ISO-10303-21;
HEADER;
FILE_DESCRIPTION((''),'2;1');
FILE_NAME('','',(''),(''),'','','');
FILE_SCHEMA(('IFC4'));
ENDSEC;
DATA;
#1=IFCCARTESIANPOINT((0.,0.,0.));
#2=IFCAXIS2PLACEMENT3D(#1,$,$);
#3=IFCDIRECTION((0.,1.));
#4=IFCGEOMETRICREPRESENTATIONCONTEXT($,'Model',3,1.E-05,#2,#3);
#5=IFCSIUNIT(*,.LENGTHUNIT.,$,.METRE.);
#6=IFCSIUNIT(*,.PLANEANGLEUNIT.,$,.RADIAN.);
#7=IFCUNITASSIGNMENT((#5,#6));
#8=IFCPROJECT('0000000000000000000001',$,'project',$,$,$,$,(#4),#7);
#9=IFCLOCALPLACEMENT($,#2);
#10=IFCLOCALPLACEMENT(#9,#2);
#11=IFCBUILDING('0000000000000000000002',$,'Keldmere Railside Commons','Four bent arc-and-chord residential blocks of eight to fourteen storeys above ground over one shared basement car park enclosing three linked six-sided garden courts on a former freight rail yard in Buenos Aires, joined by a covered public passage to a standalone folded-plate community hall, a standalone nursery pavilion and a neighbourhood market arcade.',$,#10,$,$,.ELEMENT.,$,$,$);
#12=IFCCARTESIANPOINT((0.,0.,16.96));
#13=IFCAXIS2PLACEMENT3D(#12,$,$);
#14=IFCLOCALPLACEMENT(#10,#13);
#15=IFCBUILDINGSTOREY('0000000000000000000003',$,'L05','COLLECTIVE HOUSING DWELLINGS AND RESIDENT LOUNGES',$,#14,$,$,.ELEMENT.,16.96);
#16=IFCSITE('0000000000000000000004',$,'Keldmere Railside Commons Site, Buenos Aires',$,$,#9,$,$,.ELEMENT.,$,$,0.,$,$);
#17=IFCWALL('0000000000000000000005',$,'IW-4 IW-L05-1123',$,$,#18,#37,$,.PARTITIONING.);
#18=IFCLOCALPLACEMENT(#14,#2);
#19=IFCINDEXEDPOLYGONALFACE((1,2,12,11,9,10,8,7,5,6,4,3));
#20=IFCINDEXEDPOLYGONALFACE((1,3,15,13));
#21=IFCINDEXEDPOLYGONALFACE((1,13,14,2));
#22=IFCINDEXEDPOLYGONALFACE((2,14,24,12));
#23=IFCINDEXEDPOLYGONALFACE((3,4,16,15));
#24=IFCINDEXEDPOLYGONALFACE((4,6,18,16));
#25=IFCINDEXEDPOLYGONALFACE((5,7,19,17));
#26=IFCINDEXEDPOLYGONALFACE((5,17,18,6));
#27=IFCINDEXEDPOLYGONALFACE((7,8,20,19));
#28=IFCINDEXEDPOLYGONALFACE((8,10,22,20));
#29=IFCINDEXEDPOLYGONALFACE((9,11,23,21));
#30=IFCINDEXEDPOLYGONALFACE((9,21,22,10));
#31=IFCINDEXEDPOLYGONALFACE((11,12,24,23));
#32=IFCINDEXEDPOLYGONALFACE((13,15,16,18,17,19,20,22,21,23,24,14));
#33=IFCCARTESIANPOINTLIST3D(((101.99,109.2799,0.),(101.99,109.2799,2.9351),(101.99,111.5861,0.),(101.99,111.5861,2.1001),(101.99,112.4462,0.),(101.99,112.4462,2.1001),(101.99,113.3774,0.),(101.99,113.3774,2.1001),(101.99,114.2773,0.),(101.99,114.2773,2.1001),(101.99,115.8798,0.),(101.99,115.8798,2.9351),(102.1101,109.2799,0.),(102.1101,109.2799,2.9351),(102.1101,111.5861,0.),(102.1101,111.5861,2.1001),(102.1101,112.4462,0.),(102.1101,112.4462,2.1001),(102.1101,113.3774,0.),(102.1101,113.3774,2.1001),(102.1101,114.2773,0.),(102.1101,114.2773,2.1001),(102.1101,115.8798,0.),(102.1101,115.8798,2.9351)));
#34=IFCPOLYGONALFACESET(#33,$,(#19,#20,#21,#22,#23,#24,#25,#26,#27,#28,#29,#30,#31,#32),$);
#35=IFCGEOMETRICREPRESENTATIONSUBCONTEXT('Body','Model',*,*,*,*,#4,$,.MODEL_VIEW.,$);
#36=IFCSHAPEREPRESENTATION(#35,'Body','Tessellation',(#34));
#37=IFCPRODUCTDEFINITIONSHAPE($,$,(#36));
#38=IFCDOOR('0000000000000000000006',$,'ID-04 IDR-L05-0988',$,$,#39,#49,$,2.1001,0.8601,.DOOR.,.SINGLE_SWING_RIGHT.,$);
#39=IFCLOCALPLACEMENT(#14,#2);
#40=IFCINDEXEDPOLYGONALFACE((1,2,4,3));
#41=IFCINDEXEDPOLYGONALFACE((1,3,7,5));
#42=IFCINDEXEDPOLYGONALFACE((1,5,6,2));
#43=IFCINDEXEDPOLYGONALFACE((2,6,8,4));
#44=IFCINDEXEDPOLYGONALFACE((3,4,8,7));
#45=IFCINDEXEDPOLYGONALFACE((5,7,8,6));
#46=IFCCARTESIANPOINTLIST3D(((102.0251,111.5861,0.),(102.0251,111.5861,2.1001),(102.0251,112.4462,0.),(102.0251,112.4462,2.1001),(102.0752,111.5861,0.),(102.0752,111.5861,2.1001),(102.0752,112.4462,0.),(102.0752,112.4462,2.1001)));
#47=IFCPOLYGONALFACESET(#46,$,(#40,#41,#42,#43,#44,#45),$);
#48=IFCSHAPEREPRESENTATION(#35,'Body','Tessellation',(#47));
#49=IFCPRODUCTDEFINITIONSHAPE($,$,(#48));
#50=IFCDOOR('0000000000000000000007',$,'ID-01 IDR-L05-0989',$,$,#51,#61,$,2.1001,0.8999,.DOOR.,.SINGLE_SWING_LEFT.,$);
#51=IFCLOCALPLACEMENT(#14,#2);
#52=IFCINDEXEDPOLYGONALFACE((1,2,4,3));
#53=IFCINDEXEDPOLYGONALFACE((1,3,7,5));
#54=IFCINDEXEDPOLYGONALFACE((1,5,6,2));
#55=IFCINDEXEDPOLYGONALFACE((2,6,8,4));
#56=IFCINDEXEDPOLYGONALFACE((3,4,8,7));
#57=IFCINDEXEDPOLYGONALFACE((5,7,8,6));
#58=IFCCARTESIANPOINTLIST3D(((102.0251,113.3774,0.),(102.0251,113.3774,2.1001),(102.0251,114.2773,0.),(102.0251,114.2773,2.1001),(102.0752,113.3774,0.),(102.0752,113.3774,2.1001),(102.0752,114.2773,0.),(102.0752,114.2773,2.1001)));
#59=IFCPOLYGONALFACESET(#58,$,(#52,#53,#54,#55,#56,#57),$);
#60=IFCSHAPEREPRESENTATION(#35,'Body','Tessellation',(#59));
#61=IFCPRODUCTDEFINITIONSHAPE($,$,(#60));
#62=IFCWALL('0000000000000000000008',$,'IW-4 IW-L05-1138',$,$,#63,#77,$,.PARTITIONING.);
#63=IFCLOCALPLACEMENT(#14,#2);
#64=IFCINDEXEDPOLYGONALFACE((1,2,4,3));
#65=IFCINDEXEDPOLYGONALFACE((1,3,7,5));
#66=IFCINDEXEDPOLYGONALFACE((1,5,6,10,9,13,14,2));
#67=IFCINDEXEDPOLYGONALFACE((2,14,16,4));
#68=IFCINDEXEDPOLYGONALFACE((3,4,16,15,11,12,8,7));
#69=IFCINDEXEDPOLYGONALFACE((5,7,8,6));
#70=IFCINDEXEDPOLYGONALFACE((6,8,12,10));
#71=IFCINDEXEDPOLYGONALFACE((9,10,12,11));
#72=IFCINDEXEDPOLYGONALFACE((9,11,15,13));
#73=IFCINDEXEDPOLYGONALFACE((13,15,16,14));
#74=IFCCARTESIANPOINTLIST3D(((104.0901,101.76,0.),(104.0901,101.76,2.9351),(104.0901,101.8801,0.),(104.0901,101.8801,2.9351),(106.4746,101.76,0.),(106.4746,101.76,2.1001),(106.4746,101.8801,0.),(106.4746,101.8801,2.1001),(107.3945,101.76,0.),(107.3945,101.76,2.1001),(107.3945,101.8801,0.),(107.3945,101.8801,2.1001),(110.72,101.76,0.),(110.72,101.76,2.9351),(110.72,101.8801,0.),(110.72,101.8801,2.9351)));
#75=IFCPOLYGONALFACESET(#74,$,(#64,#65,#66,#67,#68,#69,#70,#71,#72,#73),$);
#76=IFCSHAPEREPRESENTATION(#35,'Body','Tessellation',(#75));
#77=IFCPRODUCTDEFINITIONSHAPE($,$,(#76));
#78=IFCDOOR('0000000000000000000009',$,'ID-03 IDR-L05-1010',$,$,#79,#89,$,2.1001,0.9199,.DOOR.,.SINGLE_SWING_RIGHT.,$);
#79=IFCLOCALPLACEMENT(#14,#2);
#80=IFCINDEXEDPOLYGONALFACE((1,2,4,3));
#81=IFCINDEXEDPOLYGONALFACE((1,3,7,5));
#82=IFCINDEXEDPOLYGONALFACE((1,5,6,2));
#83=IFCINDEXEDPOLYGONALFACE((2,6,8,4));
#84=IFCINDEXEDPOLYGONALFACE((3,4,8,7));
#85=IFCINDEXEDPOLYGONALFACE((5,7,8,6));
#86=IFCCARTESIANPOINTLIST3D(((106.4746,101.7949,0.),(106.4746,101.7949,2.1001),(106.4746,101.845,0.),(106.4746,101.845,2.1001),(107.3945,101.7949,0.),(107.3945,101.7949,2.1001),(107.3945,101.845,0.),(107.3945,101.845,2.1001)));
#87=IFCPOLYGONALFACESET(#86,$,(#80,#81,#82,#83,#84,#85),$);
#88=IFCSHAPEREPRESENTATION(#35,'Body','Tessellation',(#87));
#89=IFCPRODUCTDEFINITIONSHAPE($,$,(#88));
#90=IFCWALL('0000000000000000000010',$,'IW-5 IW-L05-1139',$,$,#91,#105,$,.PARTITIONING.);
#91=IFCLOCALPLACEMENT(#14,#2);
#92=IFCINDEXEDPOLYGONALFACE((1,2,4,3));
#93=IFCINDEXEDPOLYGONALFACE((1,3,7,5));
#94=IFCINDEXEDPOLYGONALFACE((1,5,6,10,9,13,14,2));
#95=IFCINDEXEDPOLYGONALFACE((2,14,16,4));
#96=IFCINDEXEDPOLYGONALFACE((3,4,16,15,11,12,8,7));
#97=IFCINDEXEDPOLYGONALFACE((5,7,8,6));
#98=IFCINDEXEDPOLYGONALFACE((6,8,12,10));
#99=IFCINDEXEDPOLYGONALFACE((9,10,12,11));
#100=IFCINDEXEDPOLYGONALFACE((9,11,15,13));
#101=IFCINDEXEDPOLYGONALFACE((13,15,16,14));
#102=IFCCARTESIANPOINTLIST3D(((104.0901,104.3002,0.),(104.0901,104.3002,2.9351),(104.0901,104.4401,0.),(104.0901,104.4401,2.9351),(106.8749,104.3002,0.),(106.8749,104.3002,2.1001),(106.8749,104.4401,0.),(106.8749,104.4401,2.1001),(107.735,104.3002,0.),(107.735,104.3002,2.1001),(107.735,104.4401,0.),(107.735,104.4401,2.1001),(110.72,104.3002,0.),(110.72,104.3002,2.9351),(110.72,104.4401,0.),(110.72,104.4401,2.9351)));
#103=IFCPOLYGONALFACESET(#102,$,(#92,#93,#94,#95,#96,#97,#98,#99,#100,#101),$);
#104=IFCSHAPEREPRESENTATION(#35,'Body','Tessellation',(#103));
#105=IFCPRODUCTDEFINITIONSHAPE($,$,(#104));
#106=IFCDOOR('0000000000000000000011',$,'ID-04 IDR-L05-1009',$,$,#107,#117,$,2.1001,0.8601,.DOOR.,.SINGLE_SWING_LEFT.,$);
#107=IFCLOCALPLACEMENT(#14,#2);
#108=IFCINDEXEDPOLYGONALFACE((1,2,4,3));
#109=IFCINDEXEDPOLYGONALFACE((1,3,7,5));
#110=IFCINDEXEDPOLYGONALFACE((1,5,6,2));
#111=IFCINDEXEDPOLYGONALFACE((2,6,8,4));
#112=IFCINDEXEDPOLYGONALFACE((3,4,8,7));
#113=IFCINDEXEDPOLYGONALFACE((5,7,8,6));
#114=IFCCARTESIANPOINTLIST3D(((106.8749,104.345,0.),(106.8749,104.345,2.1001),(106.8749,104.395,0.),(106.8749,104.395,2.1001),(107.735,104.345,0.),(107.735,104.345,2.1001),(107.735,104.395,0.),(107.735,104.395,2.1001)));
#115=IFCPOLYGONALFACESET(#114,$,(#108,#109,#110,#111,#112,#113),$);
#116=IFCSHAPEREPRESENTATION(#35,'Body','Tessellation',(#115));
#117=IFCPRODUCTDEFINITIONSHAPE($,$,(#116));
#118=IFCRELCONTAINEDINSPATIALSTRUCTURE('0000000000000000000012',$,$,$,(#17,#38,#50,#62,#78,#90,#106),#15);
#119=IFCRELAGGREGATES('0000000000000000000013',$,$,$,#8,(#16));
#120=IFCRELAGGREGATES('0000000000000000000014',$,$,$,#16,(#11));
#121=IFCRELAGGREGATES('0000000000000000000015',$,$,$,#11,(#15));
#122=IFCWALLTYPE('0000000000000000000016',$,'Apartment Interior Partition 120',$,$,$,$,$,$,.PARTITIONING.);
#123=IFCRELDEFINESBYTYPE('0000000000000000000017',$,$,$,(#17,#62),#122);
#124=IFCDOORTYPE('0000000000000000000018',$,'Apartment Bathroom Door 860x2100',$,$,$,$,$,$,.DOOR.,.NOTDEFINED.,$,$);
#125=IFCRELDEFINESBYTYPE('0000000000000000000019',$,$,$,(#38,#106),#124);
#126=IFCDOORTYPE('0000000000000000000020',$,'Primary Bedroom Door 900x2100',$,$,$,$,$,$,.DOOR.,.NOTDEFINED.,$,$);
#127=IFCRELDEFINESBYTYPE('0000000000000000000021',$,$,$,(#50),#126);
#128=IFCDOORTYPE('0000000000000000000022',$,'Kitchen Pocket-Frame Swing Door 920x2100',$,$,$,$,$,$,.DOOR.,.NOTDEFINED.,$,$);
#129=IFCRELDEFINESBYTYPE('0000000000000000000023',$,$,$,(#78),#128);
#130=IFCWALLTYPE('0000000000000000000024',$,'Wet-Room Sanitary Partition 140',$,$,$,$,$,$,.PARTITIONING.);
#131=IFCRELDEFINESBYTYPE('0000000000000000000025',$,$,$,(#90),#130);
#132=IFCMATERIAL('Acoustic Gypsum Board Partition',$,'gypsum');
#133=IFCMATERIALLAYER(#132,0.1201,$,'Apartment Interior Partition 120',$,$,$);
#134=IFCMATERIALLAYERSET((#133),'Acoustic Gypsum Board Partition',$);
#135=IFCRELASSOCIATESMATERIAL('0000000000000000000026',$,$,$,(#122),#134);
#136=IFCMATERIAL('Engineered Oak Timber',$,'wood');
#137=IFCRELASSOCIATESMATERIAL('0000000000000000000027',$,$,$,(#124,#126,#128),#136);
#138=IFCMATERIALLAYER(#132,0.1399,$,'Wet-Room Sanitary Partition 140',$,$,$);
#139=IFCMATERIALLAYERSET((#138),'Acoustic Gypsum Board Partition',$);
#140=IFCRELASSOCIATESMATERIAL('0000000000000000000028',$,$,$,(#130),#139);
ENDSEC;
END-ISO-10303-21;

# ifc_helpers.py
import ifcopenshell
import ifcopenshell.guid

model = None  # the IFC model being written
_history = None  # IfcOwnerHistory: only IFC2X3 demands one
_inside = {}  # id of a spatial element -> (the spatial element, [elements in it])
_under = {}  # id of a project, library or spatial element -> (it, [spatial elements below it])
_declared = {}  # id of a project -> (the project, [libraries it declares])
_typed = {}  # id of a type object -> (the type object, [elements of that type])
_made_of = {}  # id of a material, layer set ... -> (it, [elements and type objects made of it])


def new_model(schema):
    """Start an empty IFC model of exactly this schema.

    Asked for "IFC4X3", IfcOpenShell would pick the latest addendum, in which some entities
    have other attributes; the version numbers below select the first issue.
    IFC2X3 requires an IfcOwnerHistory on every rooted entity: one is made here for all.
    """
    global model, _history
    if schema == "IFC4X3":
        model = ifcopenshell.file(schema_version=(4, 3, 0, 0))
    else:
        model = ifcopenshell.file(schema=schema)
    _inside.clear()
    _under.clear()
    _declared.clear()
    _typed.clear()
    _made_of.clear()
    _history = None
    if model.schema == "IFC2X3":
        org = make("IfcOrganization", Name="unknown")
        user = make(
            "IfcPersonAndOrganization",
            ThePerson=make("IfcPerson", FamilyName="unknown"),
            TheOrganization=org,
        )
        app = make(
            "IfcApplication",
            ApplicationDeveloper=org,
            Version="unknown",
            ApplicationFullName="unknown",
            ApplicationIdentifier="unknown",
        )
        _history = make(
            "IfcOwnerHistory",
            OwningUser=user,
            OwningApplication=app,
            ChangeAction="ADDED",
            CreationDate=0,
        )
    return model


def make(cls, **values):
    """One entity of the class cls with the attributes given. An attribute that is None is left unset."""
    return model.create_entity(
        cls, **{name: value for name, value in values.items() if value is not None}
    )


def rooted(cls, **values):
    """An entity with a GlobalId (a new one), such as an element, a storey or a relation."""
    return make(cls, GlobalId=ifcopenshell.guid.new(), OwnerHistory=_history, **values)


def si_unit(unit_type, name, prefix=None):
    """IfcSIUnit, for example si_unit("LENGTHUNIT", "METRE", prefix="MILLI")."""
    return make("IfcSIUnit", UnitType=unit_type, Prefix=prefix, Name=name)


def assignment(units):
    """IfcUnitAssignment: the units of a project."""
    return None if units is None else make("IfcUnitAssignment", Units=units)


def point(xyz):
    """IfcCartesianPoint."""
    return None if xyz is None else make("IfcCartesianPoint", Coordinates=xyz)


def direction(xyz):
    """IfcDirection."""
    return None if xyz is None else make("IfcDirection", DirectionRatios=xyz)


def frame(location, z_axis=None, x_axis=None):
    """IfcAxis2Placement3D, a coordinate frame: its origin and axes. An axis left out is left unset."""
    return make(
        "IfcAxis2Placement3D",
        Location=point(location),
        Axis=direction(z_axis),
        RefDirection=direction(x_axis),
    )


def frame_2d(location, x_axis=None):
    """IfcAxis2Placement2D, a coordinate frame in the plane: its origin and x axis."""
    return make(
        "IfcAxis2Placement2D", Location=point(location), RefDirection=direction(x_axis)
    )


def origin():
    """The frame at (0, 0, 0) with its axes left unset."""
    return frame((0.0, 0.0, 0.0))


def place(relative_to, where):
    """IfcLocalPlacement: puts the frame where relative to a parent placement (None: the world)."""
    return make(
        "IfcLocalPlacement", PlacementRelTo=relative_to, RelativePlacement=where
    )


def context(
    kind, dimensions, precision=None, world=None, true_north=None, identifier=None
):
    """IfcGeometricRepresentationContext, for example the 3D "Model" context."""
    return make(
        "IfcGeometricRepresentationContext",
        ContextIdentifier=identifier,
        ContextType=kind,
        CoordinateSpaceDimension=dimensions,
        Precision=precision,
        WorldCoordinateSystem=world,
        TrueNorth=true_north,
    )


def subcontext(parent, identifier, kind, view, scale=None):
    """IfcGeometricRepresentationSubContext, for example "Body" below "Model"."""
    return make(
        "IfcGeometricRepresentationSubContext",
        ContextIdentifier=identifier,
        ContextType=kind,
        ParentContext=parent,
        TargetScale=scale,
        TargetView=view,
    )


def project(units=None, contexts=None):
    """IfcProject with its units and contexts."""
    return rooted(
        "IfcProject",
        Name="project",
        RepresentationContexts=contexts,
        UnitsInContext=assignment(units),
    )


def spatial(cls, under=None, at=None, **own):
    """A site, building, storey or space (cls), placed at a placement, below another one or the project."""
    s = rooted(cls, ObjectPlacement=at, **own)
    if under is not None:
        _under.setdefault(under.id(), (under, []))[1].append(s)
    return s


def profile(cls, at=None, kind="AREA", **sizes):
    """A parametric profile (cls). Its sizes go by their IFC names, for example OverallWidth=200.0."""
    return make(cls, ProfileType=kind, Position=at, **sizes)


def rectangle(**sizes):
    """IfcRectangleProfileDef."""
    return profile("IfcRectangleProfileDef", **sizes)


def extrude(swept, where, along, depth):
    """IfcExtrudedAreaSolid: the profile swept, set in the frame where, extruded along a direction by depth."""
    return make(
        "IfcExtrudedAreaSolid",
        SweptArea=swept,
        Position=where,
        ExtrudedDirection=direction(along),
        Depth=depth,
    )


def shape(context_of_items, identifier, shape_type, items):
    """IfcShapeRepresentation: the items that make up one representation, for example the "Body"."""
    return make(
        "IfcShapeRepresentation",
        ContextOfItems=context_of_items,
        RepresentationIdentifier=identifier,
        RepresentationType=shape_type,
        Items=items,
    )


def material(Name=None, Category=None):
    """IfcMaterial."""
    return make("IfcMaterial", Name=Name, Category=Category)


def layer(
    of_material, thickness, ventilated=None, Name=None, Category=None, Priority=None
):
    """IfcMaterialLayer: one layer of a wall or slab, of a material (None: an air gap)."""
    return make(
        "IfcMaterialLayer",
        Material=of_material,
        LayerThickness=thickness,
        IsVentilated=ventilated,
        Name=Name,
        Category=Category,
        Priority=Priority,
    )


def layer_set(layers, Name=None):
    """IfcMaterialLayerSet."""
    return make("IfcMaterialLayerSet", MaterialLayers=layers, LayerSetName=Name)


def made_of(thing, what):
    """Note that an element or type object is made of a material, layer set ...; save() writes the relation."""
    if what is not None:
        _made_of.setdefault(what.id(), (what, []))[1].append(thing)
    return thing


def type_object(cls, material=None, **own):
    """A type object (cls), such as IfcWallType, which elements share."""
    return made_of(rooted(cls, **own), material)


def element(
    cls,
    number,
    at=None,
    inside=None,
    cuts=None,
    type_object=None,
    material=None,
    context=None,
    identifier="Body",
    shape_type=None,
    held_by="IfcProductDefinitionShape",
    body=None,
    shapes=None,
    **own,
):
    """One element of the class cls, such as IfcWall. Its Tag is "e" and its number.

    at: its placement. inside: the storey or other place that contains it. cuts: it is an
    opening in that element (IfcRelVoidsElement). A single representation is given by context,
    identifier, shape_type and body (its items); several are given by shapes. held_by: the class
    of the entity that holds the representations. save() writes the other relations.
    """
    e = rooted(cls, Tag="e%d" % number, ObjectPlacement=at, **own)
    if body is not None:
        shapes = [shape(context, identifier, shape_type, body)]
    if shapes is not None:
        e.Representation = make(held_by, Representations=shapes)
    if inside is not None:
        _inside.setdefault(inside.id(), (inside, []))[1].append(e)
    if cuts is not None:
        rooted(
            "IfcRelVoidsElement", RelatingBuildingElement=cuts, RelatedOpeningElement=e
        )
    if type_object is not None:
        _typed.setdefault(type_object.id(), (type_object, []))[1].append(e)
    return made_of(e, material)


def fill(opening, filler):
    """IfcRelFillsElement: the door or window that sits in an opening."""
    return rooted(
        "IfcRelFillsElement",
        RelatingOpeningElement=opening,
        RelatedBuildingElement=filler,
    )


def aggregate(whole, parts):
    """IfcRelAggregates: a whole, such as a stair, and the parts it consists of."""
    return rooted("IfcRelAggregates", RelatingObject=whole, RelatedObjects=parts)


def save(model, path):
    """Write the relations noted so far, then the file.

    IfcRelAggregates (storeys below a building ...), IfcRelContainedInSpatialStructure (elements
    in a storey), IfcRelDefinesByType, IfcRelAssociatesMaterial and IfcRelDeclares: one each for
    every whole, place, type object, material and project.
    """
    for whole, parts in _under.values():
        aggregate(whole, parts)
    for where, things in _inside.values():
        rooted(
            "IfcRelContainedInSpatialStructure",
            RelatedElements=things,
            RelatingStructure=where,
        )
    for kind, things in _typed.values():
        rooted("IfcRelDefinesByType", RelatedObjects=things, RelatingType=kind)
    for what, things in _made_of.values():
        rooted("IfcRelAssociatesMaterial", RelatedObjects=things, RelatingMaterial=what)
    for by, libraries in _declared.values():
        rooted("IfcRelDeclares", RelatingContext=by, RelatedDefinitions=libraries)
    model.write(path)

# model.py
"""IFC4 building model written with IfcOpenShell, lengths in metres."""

from ifc_helpers import new_model, si_unit, direction, frame, frame_2d, origin, place, context, subcontext, project, spatial, rectangle, extrude, material, layer, layer_set, type_object, element, fill, save


model = new_model("IFC4")

# Units and contexts
model_context = context("Model", 3, precision=1e-05, world=origin(), true_north=direction((0.0, 1.0)))
body_context = subcontext(model_context, "Body", "Model", "MODEL_VIEW")
ifc_project = project(units=[si_unit("LENGTHUNIT", "METRE"), si_unit("PLANEANGLEUNIT", "RADIAN")], contexts=[model_context])

# Site, building, storey
site_placement = place(None, origin())
site = spatial("IfcSite", under=ifc_project, at=site_placement, Name="Keldmere Railside Commons Site, Buenos Aires", CompositionType="ELEMENT", RefElevation=0.0)
building_placement = place(site_placement, origin())
building = spatial("IfcBuilding", under=site, at=building_placement, Name="Keldmere Railside Commons", Description="Four bent arc-and-chord residential blocks of eight to fourteen storeys above ground over one shared basement car park enclosing three linked six-sided garden courts on a former freight rail yard in Buenos Aires, joined by a covered public passage to a standalone folded-plate community hall, a standalone nursery pavilion and a neighbourhood market arcade.", CompositionType="ELEMENT")
storey_placement = place(building_placement, frame((0.0, 0.0, 16.96)))
storey = spatial("IfcBuildingStorey", under=building, at=storey_placement, Name="L05", Description="COLLECTIVE HOUSING DWELLINGS AND RESIDENT LOUNGES", CompositionType="ELEMENT", Elevation=16.96)

# Shared definitions
ifc_material_1 = material(Name="Acoustic Gypsum Board Partition", Category="gypsum")

# Wall, openings, doors
ifc_layer_1 = layer(ifc_material_1, 0.1201, Name="Apartment Interior Partition 120")
ifc_layer_set_1 = layer_set([ifc_layer_1], Name="Acoustic Gypsum Board Partition")
wall_type_1 = type_object("IfcWallType", Name="Apartment Interior Partition 120", PredefinedType="PARTITIONING", material=ifc_layer_set_1)
wall_1_placement = place(storey_placement, frame((102.05, 109.28, 0.0), z_axis=(0.0, 0.0, 1.0), x_axis=(0.0, 1.0, 0.0)))
wall_1 = element("IfcWall", 1, at=wall_1_placement, inside=storey, type_object=wall_type_1, Name="IW-4 IW-L05-1123", PredefinedType="PARTITIONING", context=body_context, shape_type="SweptSolid", body=[
    extrude(rectangle(XDim=6.5999, YDim=0.1201, at=frame_2d((3.2998, 0.0))), origin(), (0.0, 0.0, 1.0), 2.9351),
])
opening_1_placement = place(wall_1_placement, frame((2.3059, 0.0, 0.0)))
opening_1 = element("IfcOpeningElement", 2, at=opening_1_placement, cuts=wall_1, PredefinedType="OPENING", context=body_context, shape_type="SweptSolid", body=[
    extrude(rectangle(XDim=0.8601, YDim=2.1001, at=frame_2d((0.4302, 1.05))), frame((0.0, 0.0701, 0.0), z_axis=(0.0, -1.0, 0.0), x_axis=(1.0, 0.0, 0.0)), (0.0, 0.0, 1.0), 0.1401),
])
opening_2_placement = place(wall_1_placement, frame((4.0974, 0.0, 0.0)))
opening_2 = element("IfcOpeningElement", 3, at=opening_2_placement, cuts=wall_1, PredefinedType="OPENING", context=body_context, shape_type="SweptSolid", body=[
    extrude(rectangle(XDim=0.8999, YDim=2.1001, at=frame_2d((0.45, 1.05))), frame((0.0, 0.0701, 0.0), z_axis=(0.0, -1.0, 0.0), x_axis=(1.0, 0.0, 0.0)), (0.0, 0.0, 1.0), 0.1401),
])
ifc_material_2 = material(Name="Engineered Oak Timber", Category="wood")
door_type_1 = type_object("IfcDoorType", Name="Apartment Bathroom Door 860x2100", OperationType="NOTDEFINED", PredefinedType="DOOR", material=ifc_material_2)
door_1_placement = place(opening_1_placement, origin())
door_1 = element("IfcDoor", 4, at=door_1_placement, inside=storey, type_object=door_type_1, Name="ID-04 IDR-L05-0988", OperationType="SINGLE_SWING_RIGHT", OverallHeight=2.1001, OverallWidth=0.8601, PredefinedType="DOOR", context=body_context, shape_type="SweptSolid", body=[
    extrude(rectangle(XDim=0.8601, YDim=2.1001, at=frame_2d((0.4302, 1.05))), frame((0.0, 0.0249, 0.0), z_axis=(0.0, -1.0, 0.0), x_axis=(1.0, 0.0, 0.0)), (0.0, 0.0, 1.0), 0.05),
])
fill(opening_1, door_1)
door_type_2 = type_object("IfcDoorType", Name="Primary Bedroom Door 900x2100", OperationType="NOTDEFINED", PredefinedType="DOOR", material=ifc_material_2)
door_2_placement = place(opening_2_placement, origin())
door_2 = element("IfcDoor", 5, at=door_2_placement, inside=storey, type_object=door_type_2, Name="ID-01 IDR-L05-0989", OperationType="SINGLE_SWING_LEFT", OverallHeight=2.1001, OverallWidth=0.8999, PredefinedType="DOOR", context=body_context, shape_type="SweptSolid", body=[
    extrude(rectangle(XDim=0.8999, YDim=2.1001, at=frame_2d((0.45, 1.05))), frame((0.0, 0.0249, 0.0), z_axis=(0.0, -1.0, 0.0), x_axis=(1.0, 0.0, 0.0)), (0.0, 0.0, 1.0), 0.05),
])
fill(opening_2, door_2)

# Walls, openings, doors
wall_2_placement = place(storey_placement, frame((104.0901, 101.8201, 0.0), z_axis=(0.0, 0.0, 1.0), x_axis=(1.0, 0.0, 0.0)))
wall_2 = element("IfcWall", 6, at=wall_2_placement, inside=storey, type_object=wall_type_1, Name="IW-4 IW-L05-1138", PredefinedType="PARTITIONING", context=body_context, shape_type="SweptSolid", body=[
    extrude(rectangle(XDim=6.6299, YDim=0.1201, at=frame_2d((3.3149, 0.0))), origin(), (0.0, 0.0, 1.0), 2.9351),
])
opening_3_placement = place(wall_2_placement, frame((2.3845, 0.0, 0.0)))
opening_3 = element("IfcOpeningElement", 7, at=opening_3_placement, cuts=wall_2, PredefinedType="OPENING", context=body_context, shape_type="SweptSolid", body=[
    extrude(rectangle(XDim=0.9199, YDim=2.1001, at=frame_2d((0.46, 1.05))), frame((0.0, 0.0701, 0.0), z_axis=(0.0, -1.0, 0.0), x_axis=(1.0, 0.0, 0.0)), (0.0, 0.0, 1.0), 0.1401),
])
door_type_3 = type_object("IfcDoorType", Name="Kitchen Pocket-Frame Swing Door 920x2100", OperationType="NOTDEFINED", PredefinedType="DOOR", material=ifc_material_2)
door_3_placement = place(opening_3_placement, origin())
door_3 = element("IfcDoor", 8, at=door_3_placement, inside=storey, type_object=door_type_3, Name="ID-03 IDR-L05-1010", OperationType="SINGLE_SWING_RIGHT", OverallHeight=2.1001, OverallWidth=0.9199, PredefinedType="DOOR", context=body_context, shape_type="SweptSolid", body=[
    extrude(rectangle(XDim=0.9199, YDim=2.1001, at=frame_2d((0.46, 1.05))), frame((0.0, 0.0249, 0.0), z_axis=(0.0, -1.0, 0.0), x_axis=(1.0, 0.0, 0.0)), (0.0, 0.0, 1.0), 0.05),
])
fill(opening_3, door_3)
ifc_layer_2 = layer(ifc_material_1, 0.1399, Name="Wet-Room Sanitary Partition 140")
ifc_layer_set_2 = layer_set([ifc_layer_2], Name="Acoustic Gypsum Board Partition")
wall_type_2 = type_object("IfcWallType", Name="Wet-Room Sanitary Partition 140", PredefinedType="PARTITIONING", material=ifc_layer_set_2)
wall_3_placement = place(storey_placement, frame((104.0901, 104.3701, 0.0), z_axis=(0.0, 0.0, 1.0), x_axis=(1.0, 0.0, 0.0)))
wall_3 = element("IfcWall", 9, at=wall_3_placement, inside=storey, type_object=wall_type_2, Name="IW-5 IW-L05-1139", PredefinedType="PARTITIONING", context=body_context, shape_type="SweptSolid", body=[
    extrude(rectangle(XDim=6.6299, YDim=0.1399, at=frame_2d((3.3149, 0.0))), origin(), (0.0, 0.0, 1.0), 2.9351),
])
opening_4_placement = place(wall_3_placement, frame((2.7847, 0.0, 0.0)))
opening_4 = element("IfcOpeningElement", 10, at=opening_4_placement, cuts=wall_3, PredefinedType="OPENING", context=body_context, shape_type="SweptSolid", body=[
    extrude(rectangle(XDim=0.8601, YDim=2.1001, at=frame_2d((0.4302, 1.05))), frame((0.0, 0.0798, 0.0), z_axis=(0.0, -1.0, 0.0), x_axis=(1.0, 0.0, 0.0)), (0.0, 0.0, 1.0), 0.1599),
])
door_4_placement = place(opening_4_placement, origin())
door_4 = element("IfcDoor", 11, at=door_4_placement, inside=storey, type_object=door_type_1, Name="ID-04 IDR-L05-1009", OperationType="SINGLE_SWING_LEFT", OverallHeight=2.1001, OverallWidth=0.8601, PredefinedType="DOOR", context=body_context, shape_type="SweptSolid", body=[
    extrude(rectangle(XDim=0.8601, YDim=2.1001, at=frame_2d((0.4302, 1.05))), frame((0.0, 0.0249, 0.0), z_axis=(0.0, -1.0, 0.0), x_axis=(1.0, 0.0, 0.0)), (0.0, 0.0, 1.0), 0.05),
])
fill(opening_4, door_4)

save(model, "model.ifc")
